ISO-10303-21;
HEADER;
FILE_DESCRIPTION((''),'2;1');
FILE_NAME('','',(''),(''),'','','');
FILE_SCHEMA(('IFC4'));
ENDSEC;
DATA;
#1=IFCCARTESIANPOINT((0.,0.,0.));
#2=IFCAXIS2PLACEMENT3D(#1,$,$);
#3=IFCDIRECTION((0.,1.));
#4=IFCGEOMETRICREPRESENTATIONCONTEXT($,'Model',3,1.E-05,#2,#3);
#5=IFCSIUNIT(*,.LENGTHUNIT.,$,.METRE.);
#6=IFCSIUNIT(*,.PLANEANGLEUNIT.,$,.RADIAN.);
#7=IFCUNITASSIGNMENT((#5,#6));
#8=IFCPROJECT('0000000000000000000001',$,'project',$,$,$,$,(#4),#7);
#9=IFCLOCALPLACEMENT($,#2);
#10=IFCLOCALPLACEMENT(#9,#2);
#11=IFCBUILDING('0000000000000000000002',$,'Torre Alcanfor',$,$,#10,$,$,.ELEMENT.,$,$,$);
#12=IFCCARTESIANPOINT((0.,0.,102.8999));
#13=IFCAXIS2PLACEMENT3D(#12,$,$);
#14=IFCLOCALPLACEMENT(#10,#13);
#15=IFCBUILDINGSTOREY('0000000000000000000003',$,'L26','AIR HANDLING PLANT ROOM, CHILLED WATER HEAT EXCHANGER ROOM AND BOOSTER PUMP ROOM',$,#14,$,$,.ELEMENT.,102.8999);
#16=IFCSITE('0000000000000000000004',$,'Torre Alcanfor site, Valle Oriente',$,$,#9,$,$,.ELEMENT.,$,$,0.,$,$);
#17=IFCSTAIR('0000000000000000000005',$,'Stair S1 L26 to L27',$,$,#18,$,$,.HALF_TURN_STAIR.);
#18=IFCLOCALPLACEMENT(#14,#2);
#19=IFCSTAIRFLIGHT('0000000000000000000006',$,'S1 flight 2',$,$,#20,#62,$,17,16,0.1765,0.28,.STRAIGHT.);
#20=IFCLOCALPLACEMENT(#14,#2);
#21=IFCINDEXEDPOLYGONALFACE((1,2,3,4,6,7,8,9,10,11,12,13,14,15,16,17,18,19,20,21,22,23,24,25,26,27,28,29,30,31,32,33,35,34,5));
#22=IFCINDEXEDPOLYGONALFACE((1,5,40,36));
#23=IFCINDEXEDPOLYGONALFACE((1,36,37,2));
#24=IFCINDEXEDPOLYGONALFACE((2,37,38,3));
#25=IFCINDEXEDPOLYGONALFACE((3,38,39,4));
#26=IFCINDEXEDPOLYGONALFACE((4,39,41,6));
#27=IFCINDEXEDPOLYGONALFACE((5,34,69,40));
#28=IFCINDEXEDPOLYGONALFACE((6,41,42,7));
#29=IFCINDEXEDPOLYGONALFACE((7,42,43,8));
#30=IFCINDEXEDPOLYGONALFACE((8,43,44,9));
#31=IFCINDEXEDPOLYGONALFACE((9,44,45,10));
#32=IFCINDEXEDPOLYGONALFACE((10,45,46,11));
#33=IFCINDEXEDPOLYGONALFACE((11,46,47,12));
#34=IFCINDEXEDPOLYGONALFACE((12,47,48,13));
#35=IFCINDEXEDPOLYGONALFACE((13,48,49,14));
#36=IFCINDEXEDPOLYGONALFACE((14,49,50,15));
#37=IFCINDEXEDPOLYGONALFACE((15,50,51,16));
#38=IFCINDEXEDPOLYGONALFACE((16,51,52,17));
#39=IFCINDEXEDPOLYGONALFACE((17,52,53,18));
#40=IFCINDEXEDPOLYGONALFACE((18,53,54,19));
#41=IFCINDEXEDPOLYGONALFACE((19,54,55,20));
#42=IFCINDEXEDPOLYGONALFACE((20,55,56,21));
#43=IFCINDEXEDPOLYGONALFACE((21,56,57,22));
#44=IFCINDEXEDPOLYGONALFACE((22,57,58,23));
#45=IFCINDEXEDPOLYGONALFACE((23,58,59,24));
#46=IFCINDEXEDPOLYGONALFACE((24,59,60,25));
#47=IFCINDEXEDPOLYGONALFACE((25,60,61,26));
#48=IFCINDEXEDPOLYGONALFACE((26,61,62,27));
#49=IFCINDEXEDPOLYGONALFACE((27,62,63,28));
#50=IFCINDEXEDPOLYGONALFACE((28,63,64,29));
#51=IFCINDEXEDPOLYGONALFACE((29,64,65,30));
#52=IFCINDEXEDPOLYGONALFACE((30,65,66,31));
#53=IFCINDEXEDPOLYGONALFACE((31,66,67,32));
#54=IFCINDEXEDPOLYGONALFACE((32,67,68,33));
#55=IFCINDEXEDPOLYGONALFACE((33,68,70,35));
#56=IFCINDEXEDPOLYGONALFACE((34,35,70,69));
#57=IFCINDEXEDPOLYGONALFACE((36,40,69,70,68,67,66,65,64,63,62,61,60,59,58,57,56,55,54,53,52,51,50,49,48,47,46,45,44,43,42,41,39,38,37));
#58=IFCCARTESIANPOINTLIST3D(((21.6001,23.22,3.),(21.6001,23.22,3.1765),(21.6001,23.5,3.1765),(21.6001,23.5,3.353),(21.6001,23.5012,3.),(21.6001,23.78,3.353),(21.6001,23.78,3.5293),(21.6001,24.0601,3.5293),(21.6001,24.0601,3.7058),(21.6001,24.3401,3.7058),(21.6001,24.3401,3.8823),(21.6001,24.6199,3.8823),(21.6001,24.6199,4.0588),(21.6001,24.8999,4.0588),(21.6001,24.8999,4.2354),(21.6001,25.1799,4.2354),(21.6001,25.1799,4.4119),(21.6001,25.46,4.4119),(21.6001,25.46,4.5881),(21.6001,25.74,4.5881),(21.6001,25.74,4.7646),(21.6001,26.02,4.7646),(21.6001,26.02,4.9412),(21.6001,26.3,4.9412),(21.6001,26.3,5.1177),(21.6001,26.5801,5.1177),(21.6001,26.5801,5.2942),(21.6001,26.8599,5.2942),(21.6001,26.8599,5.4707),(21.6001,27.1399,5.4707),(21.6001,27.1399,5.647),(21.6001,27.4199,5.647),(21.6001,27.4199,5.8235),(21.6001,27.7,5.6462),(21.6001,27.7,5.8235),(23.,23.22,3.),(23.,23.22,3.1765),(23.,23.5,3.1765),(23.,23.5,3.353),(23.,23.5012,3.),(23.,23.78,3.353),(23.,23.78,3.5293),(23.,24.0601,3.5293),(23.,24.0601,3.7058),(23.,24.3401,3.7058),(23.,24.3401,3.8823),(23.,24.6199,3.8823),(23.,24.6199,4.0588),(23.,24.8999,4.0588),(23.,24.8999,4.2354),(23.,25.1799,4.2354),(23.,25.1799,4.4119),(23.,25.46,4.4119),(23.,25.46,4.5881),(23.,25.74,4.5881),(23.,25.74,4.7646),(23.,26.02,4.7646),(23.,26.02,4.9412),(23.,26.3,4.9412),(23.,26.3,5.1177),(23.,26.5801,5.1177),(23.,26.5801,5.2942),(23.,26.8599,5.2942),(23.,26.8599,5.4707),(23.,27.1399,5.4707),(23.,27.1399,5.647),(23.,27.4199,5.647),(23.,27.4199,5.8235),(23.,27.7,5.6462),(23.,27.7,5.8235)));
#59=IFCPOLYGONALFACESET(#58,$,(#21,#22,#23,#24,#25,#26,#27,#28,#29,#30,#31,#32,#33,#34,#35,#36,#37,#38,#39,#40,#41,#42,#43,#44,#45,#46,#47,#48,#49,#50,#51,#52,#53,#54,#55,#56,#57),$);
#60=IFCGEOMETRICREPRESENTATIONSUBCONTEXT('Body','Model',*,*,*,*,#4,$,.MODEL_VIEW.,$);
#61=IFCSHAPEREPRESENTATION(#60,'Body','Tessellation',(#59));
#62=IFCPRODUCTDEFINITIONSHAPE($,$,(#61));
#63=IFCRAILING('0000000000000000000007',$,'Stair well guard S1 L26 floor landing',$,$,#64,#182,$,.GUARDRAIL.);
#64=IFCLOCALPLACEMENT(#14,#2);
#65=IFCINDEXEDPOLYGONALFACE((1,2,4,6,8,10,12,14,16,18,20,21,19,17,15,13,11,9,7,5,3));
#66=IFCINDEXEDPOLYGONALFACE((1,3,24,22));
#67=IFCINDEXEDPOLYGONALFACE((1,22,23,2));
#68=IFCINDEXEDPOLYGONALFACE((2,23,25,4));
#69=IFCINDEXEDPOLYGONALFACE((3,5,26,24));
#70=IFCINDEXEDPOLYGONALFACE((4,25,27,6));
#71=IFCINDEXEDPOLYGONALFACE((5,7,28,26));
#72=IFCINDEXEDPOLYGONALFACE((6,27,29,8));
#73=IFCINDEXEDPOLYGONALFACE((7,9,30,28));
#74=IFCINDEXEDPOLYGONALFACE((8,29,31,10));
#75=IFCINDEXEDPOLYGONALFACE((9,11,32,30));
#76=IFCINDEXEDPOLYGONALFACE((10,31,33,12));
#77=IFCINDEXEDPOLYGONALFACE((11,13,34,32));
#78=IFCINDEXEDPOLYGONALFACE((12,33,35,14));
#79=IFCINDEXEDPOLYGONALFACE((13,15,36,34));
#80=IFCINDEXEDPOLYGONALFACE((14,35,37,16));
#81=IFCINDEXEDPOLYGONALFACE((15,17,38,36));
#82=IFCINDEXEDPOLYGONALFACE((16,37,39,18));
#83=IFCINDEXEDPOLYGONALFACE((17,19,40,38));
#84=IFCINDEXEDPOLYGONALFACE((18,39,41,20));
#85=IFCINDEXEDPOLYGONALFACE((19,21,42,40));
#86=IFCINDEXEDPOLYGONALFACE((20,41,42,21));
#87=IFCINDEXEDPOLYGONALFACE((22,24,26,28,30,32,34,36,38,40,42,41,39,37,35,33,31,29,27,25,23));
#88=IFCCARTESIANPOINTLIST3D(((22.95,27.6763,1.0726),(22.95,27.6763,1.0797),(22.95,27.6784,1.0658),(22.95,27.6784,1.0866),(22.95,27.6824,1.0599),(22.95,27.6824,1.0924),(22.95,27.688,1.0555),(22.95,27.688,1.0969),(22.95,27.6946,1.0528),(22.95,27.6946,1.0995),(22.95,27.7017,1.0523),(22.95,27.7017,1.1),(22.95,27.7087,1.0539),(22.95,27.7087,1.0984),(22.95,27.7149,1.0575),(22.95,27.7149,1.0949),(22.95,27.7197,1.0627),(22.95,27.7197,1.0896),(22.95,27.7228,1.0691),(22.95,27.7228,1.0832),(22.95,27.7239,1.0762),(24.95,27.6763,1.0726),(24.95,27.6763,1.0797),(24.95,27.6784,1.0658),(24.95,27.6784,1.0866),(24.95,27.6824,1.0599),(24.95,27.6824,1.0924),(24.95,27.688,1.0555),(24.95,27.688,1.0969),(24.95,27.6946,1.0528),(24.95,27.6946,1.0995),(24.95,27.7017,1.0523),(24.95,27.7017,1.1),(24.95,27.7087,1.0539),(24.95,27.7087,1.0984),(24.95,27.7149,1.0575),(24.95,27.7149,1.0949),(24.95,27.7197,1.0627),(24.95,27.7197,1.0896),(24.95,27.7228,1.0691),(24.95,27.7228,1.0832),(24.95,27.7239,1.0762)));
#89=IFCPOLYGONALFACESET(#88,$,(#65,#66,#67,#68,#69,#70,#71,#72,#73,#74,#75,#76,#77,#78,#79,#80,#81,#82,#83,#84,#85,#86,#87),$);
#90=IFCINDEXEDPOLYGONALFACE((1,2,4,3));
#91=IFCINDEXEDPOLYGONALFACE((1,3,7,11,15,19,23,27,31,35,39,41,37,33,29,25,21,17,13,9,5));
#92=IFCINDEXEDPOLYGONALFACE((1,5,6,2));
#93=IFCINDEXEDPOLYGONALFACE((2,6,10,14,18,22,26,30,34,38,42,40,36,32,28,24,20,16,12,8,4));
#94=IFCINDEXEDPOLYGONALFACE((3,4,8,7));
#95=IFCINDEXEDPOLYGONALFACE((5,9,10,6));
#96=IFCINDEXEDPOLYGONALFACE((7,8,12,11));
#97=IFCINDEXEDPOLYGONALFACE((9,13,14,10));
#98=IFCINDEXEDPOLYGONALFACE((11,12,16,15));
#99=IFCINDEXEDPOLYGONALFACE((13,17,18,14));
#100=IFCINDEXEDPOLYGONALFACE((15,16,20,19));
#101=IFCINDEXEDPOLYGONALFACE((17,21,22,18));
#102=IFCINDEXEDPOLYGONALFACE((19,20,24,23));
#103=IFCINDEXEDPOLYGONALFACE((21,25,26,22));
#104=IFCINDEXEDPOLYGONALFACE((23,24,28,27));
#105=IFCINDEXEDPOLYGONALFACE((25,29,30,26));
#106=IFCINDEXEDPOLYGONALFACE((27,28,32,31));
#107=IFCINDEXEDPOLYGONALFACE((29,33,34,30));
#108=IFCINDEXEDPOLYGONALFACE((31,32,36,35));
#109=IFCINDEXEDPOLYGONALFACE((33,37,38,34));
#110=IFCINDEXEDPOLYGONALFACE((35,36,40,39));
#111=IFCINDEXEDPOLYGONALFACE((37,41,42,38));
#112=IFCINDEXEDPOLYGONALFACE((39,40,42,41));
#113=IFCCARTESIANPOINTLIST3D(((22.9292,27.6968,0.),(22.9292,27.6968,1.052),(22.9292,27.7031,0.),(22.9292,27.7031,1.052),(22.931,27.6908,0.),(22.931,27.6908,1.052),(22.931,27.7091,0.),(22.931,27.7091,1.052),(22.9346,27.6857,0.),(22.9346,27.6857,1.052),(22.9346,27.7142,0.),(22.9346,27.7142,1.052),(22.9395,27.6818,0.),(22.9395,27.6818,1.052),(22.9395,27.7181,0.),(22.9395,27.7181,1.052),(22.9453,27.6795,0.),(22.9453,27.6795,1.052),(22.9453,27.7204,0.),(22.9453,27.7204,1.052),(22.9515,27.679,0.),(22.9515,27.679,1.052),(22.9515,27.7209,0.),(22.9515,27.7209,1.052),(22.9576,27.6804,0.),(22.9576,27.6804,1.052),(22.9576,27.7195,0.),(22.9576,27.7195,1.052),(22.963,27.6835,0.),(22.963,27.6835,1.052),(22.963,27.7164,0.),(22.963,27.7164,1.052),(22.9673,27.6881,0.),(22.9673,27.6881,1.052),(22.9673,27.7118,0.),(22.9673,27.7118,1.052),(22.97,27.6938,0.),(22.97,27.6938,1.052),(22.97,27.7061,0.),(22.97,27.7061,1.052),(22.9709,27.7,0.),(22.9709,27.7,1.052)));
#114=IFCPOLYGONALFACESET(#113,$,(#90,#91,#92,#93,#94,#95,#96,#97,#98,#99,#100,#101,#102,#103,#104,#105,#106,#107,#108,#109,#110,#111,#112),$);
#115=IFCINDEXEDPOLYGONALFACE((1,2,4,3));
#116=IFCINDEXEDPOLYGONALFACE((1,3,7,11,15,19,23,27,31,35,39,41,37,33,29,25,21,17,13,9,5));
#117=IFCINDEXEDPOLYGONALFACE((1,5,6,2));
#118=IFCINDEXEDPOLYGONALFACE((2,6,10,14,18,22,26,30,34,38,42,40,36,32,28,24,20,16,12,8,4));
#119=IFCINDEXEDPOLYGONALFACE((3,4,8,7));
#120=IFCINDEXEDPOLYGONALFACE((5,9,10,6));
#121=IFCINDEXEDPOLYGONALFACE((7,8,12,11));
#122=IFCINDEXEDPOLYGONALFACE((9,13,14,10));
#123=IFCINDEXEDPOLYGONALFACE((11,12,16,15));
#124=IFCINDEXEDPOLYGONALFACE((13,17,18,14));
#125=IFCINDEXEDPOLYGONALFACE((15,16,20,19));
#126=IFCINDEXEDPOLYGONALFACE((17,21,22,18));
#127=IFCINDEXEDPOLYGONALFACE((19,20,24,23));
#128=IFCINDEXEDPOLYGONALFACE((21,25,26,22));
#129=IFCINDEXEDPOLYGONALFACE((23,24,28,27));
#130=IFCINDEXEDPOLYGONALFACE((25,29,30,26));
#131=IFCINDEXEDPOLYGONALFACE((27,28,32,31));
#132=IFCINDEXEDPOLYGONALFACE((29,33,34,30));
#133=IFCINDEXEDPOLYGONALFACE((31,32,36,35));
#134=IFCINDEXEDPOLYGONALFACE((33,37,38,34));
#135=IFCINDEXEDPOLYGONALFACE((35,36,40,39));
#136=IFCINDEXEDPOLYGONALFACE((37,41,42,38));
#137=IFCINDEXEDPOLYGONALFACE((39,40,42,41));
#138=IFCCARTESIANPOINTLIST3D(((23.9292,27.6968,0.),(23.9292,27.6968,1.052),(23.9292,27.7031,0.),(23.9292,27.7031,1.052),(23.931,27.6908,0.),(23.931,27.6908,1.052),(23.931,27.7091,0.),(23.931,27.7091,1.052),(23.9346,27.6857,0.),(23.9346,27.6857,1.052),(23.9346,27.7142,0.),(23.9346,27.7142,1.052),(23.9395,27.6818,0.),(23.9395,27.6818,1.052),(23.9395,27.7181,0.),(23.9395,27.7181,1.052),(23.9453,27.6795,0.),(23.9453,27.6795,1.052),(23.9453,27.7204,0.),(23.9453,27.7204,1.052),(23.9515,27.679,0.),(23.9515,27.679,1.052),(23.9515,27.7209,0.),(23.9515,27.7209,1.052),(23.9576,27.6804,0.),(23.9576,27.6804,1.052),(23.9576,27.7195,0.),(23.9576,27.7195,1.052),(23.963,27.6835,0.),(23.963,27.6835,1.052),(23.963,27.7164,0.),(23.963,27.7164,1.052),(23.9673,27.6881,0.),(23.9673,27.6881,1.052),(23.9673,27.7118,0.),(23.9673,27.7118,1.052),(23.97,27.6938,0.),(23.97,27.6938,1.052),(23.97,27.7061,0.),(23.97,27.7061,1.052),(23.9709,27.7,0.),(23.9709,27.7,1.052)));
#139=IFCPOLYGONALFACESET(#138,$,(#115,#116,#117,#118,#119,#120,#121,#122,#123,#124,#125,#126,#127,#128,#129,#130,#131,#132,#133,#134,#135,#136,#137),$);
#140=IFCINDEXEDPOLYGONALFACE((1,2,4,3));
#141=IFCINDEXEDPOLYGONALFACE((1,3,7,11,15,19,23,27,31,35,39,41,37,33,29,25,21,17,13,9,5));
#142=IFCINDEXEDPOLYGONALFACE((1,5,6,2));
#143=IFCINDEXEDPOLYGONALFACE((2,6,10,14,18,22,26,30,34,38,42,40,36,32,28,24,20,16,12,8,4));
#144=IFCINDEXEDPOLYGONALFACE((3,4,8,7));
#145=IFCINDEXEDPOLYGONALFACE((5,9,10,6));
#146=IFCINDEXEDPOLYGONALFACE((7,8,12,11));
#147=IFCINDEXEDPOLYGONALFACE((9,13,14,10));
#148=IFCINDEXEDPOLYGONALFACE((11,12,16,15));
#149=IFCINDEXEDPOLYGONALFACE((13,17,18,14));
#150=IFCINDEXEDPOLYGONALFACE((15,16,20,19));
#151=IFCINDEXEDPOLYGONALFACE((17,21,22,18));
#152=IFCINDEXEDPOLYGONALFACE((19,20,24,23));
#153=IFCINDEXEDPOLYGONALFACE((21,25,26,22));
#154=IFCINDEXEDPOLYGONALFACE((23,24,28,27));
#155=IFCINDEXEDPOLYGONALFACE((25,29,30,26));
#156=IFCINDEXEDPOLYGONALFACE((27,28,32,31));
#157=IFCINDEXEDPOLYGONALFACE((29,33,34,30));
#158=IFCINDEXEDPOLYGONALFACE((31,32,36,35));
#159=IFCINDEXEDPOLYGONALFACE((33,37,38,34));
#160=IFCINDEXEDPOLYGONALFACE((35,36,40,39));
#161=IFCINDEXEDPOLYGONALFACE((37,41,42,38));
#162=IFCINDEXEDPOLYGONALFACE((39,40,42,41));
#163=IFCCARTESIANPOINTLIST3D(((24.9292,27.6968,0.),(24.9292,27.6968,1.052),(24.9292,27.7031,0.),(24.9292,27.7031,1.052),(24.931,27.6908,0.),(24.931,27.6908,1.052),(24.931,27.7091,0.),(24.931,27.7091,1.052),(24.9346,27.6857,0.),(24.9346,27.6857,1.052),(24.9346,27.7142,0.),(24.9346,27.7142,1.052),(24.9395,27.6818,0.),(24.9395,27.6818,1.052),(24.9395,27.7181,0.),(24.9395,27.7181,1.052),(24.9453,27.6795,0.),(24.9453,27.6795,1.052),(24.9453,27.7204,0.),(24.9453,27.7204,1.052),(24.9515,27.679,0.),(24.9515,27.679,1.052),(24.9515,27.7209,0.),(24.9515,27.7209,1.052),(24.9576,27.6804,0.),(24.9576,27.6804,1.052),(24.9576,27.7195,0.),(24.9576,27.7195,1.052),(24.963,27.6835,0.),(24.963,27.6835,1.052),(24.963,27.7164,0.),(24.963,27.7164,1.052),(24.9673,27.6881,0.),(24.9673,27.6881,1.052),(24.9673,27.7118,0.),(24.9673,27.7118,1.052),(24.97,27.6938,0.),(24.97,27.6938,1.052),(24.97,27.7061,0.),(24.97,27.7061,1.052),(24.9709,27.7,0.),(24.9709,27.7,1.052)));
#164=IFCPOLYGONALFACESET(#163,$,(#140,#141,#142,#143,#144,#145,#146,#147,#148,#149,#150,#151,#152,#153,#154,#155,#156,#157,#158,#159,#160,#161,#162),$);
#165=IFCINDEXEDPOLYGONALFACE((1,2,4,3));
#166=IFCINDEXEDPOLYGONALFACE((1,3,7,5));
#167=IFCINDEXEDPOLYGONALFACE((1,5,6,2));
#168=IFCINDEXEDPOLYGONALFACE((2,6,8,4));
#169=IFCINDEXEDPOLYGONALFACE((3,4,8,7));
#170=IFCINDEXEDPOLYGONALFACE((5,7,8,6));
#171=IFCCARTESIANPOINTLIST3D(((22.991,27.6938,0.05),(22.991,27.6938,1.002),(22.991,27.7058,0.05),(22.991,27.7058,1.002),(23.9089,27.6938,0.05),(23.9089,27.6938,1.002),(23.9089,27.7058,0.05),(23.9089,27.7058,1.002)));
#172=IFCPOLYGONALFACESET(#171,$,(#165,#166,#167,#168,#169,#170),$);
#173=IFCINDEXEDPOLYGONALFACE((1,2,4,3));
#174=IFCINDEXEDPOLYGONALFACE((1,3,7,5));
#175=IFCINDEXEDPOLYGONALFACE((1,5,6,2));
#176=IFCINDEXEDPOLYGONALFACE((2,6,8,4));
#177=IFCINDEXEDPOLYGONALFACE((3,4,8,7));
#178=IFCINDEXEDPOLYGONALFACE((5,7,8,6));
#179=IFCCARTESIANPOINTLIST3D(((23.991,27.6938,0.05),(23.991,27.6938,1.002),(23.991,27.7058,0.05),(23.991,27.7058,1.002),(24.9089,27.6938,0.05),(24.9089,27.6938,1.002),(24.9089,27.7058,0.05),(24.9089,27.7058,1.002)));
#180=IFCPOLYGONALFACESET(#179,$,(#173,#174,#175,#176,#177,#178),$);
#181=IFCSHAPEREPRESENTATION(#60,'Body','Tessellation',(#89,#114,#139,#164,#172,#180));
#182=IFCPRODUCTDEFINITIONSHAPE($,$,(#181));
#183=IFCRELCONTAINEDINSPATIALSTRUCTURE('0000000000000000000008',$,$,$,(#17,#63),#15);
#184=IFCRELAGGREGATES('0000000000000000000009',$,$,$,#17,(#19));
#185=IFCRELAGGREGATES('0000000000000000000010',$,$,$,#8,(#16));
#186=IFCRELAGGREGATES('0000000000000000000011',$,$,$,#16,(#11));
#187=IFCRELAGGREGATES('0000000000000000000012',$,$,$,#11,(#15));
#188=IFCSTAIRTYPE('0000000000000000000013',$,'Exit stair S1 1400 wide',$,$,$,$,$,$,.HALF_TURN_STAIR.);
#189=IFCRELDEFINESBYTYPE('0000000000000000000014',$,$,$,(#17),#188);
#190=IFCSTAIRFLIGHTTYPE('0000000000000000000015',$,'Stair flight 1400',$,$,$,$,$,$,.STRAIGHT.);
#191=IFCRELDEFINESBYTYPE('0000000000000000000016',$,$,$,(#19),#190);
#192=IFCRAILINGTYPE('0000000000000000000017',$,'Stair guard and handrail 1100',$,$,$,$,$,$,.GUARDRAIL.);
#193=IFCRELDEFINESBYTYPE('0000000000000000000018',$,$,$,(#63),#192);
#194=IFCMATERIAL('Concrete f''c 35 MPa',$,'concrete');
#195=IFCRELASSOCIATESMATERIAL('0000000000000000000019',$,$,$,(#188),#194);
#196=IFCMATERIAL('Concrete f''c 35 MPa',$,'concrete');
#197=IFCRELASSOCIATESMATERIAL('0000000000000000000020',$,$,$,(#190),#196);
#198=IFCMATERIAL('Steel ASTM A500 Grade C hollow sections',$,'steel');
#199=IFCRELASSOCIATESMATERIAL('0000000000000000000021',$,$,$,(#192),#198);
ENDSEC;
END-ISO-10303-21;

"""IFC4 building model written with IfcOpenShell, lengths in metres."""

from ifc_helpers import new_model, si_unit, direction, frame, origin, origin_2d, place, context, subcontext, project, spatial, polyline, circle, outline, extrude, material, type_object, element, aggregate, save


model = new_model("IFC4")

# Units and contexts
model_context = context("Model", 3, precision=1e-05, world=origin(), true_north=direction((0.0, 1.0)))
body_context = subcontext(model_context, "Body", "Model", "MODEL_VIEW")
ifc_project = project(units=[si_unit("LENGTHUNIT", "METRE"), si_unit("PLANEANGLEUNIT", "RADIAN")], contexts=[model_context])

# Site, building, storey
site_placement = place(None, origin())
site = spatial("IfcSite", under=ifc_project, at=site_placement, Name="Torre Alcanfor site, Valle Oriente", CompositionType="ELEMENT", RefElevation=0.0)
building_placement = place(site_placement, origin())
building = spatial("IfcBuilding", under=site, at=building_placement, Name="Torre Alcanfor", CompositionType="ELEMENT")
storey_placement = place(building_placement, frame((0.0, 0.0, 102.8999)))
storey = spatial("IfcBuildingStorey", under=building, at=storey_placement, Name="L26", Description="AIR HANDLING PLANT ROOM, CHILLED WATER HEAT EXCHANGER ROOM AND BOOSTER PUMP ROOM", CompositionType="ELEMENT", Elevation=102.8999)

# Stair, stair flight
ifc_material_1 = material(Name="Concrete f'c 35 MPa", Category="concrete")
stair_type = type_object("IfcStairType", Name="Exit stair S1 1400 wide", PredefinedType="HALF_TURN_STAIR", material=ifc_material_1)
stair_placement = place(storey_placement, origin())
stair = element("IfcStair", 1, at=stair_placement, inside=storey, type_object=stair_type, Name="Stair S1 L26 to L27", PredefinedType="HALF_TURN_STAIR")
ifc_material_2 = material(Name="Concrete f'c 35 MPa", Category="concrete")
stair_flight_type = type_object("IfcStairFlightType", Name="Stair flight 1400", PredefinedType="STRAIGHT", material=ifc_material_2)
stair_flight_placement = place(storey_placement, frame((22.3, 23.22, 3.0), z_axis=(0.0, 0.0, 1.0), x_axis=(0.0, 1.0, 0.0)))
stair_flight = element("IfcStairFlight", 2, at=stair_flight_placement, type_object=stair_flight_type, Name="S1 flight 2", NumberOfRisers=17, NumberOfTreads=16, PredefinedType="STRAIGHT", RiserHeight=0.1765, TreadLength=0.28, context=body_context, shape_type="SweptSolid", body=[
    extrude(outline(polyline([(0.0, 0.0), (0.0, 0.1765), (0.28, 0.1765), (0.28, 0.353), (0.5601, 0.353), (0.5601, 0.5293), (0.8401, 0.5293), (0.8401, 0.7058), (1.1201, 0.7058), (1.1201, 0.8823), (1.3999, 0.8823), (1.3999, 1.0588), (1.6799, 1.0588), (1.6799, 1.2354), (1.96, 1.2354), (1.96, 1.4119), (2.24, 1.4119), (2.24, 1.5881), (2.52, 1.5881), (2.52, 1.7646), (2.8, 1.7646), (2.8, 1.9412), (3.0801, 1.9412), (3.0801, 2.1177), (3.3601, 2.1177), (3.3601, 2.2942), (3.6399, 2.2942), (3.6399, 2.4707), (3.9199, 2.4707), (3.9199, 2.647), (4.2, 2.647), (4.2, 2.8235), (4.48, 2.8235), (4.48, 3.0), (4.48, 2.6462), (0.2812, 0.0), (0.0, 0.0)])), frame((0.0, 0.7, 0.0), z_axis=(0.0, -1.0, 0.0), x_axis=(1.0, 0.0, 0.0)), (0.0, 0.0, 1.0), 1.3999),
])
aggregate(stair, [stair_flight])

# Railing
ifc_material_3 = material(Name="Steel ASTM A500 Grade C hollow sections", Category="steel")
railing_type_1 = type_object("IfcRailingType", Name="Stair guard and handrail 1100", PredefinedType="GUARDRAIL", material=ifc_material_3)
for number, where, name in (
    (3, (22.95, 27.7, 0.0), "Stair well guard S1 L26 floor landing"),
):
    element("IfcRailing", number, at=place(storey_placement, frame(where)), inside=storey, type_object=railing_type_1, Name=name, PredefinedType="GUARDRAIL", context=body_context, shape_type="SweptSolid", body=[
        extrude(circle(Radius=0.0239, at=origin_2d()), frame((0.0, 0.0, 1.0762), z_axis=(1.0, 0.0, 0.0), x_axis=(0.0, 1.0, 0.0)), (0.0, 0.0, 1.0), 2.0),
        extrude(circle(Radius=0.021, at=origin_2d()), origin(), (0.0, 0.0, 1.0), 1.052),
        extrude(circle(Radius=0.021, at=origin_2d()), frame((1.0, 0.0, 0.0)), (0.0, 0.0, 1.0), 1.052),
        extrude(circle(Radius=0.021, at=origin_2d()), frame((2.0, 0.0, 0.0)), (0.0, 0.0, 1.0), 1.052),
        extrude(outline(polyline([(0.041, 0.05), (0.959, 0.05), (0.959, 1.002), (0.041, 1.002), (0.041, 0.05)])), frame((0.0, 0.0059, 0.0), z_axis=(0.0, -1.0, 0.0), x_axis=(1.0, 0.0, 0.0)), (0.0, 0.0, 1.0), 0.012),
        extrude(outline(polyline([(1.041, 0.05), (1.959, 0.05), (1.959, 1.002), (1.041, 1.002), (1.041, 0.05)])), frame((0.0, 0.0059, 0.0), z_axis=(0.0, -1.0, 0.0), x_axis=(1.0, 0.0, 0.0)), (0.0, 0.0, 1.0), 0.012),
    ])

save(model, "model.ifc")
